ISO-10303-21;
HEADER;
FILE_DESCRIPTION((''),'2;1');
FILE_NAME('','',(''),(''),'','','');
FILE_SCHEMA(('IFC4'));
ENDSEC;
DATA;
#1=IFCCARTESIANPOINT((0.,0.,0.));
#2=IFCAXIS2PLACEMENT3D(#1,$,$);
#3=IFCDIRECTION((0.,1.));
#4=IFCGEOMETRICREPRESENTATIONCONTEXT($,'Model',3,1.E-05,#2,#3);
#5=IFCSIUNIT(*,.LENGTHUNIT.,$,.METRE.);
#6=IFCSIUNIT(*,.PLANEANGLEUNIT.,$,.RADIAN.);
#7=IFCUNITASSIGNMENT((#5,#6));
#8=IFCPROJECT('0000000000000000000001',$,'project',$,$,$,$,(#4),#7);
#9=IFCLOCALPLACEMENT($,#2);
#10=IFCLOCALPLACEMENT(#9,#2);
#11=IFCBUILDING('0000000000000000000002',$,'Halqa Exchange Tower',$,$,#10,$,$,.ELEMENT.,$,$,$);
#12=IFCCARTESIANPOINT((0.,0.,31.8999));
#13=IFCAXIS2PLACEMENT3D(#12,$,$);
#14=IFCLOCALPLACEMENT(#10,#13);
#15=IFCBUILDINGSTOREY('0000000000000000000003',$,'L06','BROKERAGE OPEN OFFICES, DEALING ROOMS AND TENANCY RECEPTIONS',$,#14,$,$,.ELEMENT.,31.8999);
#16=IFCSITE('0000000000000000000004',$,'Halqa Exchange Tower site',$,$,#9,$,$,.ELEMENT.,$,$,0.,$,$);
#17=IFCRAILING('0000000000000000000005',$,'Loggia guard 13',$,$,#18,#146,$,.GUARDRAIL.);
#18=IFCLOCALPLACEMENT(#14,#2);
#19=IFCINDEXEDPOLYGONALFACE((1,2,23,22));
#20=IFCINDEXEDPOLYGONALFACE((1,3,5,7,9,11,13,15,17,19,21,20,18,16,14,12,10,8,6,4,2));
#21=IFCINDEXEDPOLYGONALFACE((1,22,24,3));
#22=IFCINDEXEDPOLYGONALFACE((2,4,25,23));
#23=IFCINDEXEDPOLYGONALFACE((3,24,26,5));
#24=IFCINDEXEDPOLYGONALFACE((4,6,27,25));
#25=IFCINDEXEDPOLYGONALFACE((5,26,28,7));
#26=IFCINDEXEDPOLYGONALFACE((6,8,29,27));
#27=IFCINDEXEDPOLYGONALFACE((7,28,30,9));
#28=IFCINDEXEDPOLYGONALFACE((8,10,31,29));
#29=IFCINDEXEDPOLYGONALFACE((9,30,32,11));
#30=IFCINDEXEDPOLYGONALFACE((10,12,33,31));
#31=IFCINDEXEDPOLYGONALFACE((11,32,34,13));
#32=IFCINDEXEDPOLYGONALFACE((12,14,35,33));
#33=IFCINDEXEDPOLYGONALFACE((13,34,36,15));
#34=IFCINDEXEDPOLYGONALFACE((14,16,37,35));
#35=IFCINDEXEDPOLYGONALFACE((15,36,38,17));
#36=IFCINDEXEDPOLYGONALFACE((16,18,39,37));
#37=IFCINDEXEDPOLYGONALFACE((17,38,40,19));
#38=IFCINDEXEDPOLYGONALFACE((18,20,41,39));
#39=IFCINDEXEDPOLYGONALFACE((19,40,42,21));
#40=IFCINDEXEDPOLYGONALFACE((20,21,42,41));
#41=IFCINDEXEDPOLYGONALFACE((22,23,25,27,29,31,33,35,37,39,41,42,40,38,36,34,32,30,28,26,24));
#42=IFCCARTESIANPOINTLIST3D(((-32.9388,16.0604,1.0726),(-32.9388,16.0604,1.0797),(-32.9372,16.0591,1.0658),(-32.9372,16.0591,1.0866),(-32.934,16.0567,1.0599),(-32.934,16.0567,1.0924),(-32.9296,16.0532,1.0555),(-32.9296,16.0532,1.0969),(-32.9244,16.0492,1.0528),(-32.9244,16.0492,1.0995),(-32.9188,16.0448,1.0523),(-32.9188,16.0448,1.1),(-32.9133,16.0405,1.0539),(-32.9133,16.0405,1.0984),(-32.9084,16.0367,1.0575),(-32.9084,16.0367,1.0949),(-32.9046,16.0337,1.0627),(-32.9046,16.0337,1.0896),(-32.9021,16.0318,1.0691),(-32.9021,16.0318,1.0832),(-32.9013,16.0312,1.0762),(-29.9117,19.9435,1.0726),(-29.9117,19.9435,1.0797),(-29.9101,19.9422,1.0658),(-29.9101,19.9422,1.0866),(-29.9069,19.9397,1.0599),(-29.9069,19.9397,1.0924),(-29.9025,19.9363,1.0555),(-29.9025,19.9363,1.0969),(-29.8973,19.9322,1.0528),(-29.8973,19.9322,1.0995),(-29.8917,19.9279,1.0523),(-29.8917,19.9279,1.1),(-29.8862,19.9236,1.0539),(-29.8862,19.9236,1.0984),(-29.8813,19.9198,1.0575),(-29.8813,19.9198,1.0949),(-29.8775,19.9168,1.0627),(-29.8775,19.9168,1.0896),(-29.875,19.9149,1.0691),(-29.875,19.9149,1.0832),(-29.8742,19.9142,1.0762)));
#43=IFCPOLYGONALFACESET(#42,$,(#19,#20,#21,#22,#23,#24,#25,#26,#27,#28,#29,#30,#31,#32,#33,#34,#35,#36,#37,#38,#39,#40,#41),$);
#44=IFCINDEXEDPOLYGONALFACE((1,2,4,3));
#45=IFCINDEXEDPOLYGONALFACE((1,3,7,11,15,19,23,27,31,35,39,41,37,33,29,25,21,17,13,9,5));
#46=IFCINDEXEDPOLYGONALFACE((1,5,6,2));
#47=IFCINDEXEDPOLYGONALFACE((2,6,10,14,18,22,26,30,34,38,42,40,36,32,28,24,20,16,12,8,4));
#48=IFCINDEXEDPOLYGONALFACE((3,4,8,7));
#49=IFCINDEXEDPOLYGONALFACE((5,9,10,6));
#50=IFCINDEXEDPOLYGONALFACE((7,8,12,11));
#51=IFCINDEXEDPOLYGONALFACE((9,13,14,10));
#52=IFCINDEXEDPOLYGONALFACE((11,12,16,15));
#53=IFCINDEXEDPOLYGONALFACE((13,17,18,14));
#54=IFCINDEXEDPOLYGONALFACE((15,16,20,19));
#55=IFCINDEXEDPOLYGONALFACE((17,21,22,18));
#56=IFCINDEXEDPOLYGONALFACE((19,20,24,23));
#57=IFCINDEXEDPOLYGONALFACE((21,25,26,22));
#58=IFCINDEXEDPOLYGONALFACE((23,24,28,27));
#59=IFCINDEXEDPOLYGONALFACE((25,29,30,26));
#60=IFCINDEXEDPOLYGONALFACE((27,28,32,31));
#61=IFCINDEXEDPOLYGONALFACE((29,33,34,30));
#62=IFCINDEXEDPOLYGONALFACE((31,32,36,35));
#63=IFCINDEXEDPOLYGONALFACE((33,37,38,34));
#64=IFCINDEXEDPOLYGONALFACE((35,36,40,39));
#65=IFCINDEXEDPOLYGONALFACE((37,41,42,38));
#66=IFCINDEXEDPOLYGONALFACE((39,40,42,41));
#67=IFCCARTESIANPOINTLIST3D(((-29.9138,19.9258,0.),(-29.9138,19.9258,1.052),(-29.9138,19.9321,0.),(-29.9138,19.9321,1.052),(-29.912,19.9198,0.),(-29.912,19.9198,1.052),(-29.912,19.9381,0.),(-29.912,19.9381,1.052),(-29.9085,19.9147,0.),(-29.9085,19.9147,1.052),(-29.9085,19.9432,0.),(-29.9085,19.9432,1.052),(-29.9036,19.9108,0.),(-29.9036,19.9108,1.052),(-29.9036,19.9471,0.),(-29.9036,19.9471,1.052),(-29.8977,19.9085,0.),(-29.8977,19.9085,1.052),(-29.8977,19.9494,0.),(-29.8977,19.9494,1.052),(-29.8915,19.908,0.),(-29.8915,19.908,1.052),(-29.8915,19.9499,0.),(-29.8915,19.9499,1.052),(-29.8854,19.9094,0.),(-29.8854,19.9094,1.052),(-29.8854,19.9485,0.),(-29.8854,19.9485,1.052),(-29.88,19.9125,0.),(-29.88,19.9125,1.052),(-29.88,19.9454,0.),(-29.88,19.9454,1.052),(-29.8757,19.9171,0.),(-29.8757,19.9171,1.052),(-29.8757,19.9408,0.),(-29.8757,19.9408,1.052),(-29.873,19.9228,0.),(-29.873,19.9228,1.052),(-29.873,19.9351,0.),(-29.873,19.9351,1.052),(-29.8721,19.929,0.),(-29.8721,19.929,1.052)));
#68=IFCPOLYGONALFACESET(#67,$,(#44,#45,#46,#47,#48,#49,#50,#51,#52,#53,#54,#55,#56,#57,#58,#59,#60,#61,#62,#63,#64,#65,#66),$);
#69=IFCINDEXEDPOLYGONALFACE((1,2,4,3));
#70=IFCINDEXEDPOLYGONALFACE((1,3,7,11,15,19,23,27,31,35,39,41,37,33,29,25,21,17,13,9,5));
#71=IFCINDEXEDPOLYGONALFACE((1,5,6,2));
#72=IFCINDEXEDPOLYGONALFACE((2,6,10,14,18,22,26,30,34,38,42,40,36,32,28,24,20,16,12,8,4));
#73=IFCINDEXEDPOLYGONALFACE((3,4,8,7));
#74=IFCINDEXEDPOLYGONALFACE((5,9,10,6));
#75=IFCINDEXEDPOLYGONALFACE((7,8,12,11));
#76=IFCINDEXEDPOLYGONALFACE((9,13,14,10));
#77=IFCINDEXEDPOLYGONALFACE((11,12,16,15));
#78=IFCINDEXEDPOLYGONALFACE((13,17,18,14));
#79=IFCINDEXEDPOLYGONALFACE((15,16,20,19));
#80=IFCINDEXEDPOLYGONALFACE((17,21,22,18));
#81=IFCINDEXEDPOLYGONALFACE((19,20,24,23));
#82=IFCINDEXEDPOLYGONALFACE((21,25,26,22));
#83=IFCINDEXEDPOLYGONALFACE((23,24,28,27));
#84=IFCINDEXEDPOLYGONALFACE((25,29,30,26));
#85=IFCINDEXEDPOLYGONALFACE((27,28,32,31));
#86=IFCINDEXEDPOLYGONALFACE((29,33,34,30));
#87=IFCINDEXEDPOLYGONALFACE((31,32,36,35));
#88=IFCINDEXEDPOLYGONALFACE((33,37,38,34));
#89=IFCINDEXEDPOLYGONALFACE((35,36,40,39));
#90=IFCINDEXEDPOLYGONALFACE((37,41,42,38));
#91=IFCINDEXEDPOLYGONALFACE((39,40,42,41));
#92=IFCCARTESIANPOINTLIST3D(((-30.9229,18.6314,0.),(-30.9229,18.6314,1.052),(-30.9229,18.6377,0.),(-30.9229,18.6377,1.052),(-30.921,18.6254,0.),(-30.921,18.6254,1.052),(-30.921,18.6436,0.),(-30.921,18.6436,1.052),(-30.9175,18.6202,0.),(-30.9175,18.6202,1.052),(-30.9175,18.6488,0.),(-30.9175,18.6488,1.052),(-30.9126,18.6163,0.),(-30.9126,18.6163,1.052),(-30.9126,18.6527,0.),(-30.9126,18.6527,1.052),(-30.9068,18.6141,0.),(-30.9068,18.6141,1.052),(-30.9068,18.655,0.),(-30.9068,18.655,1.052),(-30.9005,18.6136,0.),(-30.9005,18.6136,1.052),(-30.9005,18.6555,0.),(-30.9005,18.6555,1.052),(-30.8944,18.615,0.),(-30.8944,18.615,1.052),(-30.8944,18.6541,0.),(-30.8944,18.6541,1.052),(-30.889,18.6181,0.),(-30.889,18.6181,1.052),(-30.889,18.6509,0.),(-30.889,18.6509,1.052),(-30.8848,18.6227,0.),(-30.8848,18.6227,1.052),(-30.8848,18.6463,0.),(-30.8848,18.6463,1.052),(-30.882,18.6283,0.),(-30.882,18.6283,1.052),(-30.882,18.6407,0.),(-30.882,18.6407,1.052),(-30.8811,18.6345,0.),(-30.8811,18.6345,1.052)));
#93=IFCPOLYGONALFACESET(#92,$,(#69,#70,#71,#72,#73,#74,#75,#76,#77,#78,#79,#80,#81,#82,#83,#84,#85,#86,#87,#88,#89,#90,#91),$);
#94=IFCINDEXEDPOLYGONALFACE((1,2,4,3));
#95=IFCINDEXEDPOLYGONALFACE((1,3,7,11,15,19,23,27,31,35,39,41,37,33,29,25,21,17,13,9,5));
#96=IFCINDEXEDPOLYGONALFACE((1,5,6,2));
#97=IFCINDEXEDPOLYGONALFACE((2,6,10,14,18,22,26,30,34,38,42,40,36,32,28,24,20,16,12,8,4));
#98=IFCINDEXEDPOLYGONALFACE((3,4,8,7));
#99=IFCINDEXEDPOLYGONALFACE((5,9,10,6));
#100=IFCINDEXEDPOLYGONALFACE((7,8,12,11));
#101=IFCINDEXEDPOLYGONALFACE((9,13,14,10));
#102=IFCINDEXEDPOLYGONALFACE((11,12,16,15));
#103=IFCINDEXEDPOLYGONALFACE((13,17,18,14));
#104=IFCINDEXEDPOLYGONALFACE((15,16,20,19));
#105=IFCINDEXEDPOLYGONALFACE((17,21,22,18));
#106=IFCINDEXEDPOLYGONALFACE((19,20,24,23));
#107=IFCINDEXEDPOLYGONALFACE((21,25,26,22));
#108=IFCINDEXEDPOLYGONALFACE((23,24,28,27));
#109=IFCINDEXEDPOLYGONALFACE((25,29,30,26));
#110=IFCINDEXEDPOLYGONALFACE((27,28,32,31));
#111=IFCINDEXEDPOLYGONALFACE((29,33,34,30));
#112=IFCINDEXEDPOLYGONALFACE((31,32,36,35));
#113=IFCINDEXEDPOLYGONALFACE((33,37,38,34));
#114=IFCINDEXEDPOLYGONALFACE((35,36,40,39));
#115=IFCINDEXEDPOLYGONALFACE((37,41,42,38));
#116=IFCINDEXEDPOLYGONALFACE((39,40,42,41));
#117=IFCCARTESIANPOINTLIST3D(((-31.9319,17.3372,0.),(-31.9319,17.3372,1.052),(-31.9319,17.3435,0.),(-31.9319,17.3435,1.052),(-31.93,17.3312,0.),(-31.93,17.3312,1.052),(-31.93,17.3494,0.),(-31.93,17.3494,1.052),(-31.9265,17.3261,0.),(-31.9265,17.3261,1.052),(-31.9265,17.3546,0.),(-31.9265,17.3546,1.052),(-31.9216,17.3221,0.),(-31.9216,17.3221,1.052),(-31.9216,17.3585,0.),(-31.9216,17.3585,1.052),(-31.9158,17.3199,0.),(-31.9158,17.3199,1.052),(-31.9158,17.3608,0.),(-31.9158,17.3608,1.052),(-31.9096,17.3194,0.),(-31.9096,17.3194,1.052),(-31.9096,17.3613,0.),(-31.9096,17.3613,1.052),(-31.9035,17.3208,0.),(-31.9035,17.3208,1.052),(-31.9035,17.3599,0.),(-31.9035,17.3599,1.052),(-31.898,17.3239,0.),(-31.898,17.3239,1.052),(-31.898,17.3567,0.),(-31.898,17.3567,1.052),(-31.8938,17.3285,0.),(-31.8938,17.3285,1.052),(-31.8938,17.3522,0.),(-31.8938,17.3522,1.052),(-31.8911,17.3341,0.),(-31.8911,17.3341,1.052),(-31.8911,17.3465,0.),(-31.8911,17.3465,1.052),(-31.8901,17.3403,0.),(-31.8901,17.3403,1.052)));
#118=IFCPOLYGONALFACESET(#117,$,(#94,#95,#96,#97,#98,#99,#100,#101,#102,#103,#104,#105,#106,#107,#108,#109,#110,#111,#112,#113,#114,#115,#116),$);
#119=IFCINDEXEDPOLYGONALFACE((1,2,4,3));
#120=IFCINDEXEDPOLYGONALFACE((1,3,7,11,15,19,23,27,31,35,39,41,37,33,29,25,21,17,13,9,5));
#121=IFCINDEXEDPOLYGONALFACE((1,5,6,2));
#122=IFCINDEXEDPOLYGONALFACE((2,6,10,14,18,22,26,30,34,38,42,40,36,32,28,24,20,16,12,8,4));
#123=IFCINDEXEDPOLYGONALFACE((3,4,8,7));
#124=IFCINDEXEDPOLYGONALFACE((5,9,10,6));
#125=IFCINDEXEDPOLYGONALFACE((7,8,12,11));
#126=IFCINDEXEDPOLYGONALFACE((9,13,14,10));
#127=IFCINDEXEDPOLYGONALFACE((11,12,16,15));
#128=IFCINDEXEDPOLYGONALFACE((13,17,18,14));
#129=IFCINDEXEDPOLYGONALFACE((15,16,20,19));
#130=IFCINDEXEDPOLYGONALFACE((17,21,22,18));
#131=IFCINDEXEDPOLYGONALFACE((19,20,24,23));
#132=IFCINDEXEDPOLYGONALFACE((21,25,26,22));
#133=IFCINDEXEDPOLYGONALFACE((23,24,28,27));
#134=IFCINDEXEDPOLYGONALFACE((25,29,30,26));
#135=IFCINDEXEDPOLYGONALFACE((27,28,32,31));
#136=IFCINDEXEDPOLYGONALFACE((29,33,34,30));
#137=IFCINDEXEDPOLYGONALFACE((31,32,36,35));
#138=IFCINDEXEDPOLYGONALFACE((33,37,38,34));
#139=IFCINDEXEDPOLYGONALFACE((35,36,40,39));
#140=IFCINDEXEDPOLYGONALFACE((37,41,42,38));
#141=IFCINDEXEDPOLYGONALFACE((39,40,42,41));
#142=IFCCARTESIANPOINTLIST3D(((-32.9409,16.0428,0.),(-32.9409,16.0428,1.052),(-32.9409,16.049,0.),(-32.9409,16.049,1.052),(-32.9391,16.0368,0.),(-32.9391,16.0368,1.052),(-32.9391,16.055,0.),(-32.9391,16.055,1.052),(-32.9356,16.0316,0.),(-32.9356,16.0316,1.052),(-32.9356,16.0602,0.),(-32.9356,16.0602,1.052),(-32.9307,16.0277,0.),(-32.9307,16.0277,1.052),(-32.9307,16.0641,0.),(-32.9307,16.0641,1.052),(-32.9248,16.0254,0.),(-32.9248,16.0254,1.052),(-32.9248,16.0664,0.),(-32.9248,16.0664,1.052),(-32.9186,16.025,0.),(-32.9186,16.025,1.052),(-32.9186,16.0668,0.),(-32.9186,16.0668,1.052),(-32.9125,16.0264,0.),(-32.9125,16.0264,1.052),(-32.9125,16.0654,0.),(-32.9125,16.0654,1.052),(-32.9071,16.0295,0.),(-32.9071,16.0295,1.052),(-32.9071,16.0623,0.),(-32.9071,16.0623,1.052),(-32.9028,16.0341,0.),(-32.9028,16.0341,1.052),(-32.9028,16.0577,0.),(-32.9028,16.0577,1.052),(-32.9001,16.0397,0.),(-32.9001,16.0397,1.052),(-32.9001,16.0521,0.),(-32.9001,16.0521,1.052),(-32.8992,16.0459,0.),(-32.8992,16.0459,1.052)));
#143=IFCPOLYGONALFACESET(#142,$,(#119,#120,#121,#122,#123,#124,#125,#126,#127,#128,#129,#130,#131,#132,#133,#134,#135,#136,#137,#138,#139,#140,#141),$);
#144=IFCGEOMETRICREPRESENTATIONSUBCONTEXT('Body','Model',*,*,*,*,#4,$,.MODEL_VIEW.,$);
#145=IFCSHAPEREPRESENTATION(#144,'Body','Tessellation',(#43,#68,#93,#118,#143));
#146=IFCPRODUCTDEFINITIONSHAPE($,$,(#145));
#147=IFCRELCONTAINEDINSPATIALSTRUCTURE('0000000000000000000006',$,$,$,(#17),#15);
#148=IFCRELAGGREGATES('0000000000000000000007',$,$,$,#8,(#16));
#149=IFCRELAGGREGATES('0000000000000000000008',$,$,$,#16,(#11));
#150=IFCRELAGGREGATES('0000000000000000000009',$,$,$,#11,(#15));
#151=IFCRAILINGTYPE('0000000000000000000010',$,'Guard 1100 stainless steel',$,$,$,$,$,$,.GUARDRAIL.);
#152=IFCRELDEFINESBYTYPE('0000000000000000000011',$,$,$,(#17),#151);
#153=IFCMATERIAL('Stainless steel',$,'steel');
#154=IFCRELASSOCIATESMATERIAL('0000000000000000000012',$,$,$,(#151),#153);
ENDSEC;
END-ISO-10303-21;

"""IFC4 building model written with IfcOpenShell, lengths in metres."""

from ifc_helpers import new_model, si_unit, direction, frame, origin, origin_2d, place, context, subcontext, project, spatial, circle, extrude, material, type_object, element, save


model = new_model("IFC4")

# Units and contexts
model_context = context("Model", 3, precision=1e-05, world=origin(), true_north=direction((0.0, 1.0)))
body_context = subcontext(model_context, "Body", "Model", "MODEL_VIEW")
ifc_project = project(units=[si_unit("LENGTHUNIT", "METRE"), si_unit("PLANEANGLEUNIT", "RADIAN")], contexts=[model_context])

# Site, building, storey
site_placement = place(None, origin())
site = spatial("IfcSite", under=ifc_project, at=site_placement, Name="Halqa Exchange Tower site", CompositionType="ELEMENT", RefElevation=0.0)
building_placement = place(site_placement, origin())
building = spatial("IfcBuilding", under=site, at=building_placement, Name="Halqa Exchange Tower", CompositionType="ELEMENT")
storey_placement = place(building_placement, frame((0.0, 0.0, 31.8999)))
storey = spatial("IfcBuildingStorey", under=building, at=storey_placement, Name="L06", Description="BROKERAGE OPEN OFFICES, DEALING ROOMS AND TENANCY RECEPTIONS", CompositionType="ELEMENT", Elevation=31.8999)

# Railing
ifc_material_1 = material(Name="Stainless steel", Category="steel")
railing_type = type_object("IfcRailingType", Name="Guard 1100 stainless steel", PredefinedType="GUARDRAIL", material=ifc_material_1)
railing_1_placement = place(storey_placement, frame((-29.8931, 19.929, 0.0)))
element("IfcRailing", 1, at=railing_1_placement, inside=storey, type_object=railing_type, Name="Loggia guard 13", PredefinedType="GUARDRAIL", context=body_context, shape_type="SweptSolid", body=[
    extrude(circle(Radius=0.0239, at=origin_2d()), frame((0.0, 0.0, 1.0762), z_axis=(-0.614819, -0.788668, 0.0), x_axis=(0.788668, -0.614819, 0.0)), (0.0, 0.0, 1.0), 4.9236),
    extrude(circle(Radius=0.021, at=origin_2d()), origin(), (0.0, 0.0, 1.0), 1.052),
    extrude(circle(Radius=0.021, at=origin_2d()), frame((-1.009, -1.2944, 0.0)), (0.0, 0.0, 1.0), 1.052),
    extrude(circle(Radius=0.021, at=origin_2d()), frame((-2.0181, -2.5886, 0.0)), (0.0, 0.0, 1.0), 1.052),
    extrude(circle(Radius=0.021, at=origin_2d()), frame((-3.0271, -3.8831, 0.0)), (0.0, 0.0, 1.0), 1.052),
])

save(model, "model.ifc")
